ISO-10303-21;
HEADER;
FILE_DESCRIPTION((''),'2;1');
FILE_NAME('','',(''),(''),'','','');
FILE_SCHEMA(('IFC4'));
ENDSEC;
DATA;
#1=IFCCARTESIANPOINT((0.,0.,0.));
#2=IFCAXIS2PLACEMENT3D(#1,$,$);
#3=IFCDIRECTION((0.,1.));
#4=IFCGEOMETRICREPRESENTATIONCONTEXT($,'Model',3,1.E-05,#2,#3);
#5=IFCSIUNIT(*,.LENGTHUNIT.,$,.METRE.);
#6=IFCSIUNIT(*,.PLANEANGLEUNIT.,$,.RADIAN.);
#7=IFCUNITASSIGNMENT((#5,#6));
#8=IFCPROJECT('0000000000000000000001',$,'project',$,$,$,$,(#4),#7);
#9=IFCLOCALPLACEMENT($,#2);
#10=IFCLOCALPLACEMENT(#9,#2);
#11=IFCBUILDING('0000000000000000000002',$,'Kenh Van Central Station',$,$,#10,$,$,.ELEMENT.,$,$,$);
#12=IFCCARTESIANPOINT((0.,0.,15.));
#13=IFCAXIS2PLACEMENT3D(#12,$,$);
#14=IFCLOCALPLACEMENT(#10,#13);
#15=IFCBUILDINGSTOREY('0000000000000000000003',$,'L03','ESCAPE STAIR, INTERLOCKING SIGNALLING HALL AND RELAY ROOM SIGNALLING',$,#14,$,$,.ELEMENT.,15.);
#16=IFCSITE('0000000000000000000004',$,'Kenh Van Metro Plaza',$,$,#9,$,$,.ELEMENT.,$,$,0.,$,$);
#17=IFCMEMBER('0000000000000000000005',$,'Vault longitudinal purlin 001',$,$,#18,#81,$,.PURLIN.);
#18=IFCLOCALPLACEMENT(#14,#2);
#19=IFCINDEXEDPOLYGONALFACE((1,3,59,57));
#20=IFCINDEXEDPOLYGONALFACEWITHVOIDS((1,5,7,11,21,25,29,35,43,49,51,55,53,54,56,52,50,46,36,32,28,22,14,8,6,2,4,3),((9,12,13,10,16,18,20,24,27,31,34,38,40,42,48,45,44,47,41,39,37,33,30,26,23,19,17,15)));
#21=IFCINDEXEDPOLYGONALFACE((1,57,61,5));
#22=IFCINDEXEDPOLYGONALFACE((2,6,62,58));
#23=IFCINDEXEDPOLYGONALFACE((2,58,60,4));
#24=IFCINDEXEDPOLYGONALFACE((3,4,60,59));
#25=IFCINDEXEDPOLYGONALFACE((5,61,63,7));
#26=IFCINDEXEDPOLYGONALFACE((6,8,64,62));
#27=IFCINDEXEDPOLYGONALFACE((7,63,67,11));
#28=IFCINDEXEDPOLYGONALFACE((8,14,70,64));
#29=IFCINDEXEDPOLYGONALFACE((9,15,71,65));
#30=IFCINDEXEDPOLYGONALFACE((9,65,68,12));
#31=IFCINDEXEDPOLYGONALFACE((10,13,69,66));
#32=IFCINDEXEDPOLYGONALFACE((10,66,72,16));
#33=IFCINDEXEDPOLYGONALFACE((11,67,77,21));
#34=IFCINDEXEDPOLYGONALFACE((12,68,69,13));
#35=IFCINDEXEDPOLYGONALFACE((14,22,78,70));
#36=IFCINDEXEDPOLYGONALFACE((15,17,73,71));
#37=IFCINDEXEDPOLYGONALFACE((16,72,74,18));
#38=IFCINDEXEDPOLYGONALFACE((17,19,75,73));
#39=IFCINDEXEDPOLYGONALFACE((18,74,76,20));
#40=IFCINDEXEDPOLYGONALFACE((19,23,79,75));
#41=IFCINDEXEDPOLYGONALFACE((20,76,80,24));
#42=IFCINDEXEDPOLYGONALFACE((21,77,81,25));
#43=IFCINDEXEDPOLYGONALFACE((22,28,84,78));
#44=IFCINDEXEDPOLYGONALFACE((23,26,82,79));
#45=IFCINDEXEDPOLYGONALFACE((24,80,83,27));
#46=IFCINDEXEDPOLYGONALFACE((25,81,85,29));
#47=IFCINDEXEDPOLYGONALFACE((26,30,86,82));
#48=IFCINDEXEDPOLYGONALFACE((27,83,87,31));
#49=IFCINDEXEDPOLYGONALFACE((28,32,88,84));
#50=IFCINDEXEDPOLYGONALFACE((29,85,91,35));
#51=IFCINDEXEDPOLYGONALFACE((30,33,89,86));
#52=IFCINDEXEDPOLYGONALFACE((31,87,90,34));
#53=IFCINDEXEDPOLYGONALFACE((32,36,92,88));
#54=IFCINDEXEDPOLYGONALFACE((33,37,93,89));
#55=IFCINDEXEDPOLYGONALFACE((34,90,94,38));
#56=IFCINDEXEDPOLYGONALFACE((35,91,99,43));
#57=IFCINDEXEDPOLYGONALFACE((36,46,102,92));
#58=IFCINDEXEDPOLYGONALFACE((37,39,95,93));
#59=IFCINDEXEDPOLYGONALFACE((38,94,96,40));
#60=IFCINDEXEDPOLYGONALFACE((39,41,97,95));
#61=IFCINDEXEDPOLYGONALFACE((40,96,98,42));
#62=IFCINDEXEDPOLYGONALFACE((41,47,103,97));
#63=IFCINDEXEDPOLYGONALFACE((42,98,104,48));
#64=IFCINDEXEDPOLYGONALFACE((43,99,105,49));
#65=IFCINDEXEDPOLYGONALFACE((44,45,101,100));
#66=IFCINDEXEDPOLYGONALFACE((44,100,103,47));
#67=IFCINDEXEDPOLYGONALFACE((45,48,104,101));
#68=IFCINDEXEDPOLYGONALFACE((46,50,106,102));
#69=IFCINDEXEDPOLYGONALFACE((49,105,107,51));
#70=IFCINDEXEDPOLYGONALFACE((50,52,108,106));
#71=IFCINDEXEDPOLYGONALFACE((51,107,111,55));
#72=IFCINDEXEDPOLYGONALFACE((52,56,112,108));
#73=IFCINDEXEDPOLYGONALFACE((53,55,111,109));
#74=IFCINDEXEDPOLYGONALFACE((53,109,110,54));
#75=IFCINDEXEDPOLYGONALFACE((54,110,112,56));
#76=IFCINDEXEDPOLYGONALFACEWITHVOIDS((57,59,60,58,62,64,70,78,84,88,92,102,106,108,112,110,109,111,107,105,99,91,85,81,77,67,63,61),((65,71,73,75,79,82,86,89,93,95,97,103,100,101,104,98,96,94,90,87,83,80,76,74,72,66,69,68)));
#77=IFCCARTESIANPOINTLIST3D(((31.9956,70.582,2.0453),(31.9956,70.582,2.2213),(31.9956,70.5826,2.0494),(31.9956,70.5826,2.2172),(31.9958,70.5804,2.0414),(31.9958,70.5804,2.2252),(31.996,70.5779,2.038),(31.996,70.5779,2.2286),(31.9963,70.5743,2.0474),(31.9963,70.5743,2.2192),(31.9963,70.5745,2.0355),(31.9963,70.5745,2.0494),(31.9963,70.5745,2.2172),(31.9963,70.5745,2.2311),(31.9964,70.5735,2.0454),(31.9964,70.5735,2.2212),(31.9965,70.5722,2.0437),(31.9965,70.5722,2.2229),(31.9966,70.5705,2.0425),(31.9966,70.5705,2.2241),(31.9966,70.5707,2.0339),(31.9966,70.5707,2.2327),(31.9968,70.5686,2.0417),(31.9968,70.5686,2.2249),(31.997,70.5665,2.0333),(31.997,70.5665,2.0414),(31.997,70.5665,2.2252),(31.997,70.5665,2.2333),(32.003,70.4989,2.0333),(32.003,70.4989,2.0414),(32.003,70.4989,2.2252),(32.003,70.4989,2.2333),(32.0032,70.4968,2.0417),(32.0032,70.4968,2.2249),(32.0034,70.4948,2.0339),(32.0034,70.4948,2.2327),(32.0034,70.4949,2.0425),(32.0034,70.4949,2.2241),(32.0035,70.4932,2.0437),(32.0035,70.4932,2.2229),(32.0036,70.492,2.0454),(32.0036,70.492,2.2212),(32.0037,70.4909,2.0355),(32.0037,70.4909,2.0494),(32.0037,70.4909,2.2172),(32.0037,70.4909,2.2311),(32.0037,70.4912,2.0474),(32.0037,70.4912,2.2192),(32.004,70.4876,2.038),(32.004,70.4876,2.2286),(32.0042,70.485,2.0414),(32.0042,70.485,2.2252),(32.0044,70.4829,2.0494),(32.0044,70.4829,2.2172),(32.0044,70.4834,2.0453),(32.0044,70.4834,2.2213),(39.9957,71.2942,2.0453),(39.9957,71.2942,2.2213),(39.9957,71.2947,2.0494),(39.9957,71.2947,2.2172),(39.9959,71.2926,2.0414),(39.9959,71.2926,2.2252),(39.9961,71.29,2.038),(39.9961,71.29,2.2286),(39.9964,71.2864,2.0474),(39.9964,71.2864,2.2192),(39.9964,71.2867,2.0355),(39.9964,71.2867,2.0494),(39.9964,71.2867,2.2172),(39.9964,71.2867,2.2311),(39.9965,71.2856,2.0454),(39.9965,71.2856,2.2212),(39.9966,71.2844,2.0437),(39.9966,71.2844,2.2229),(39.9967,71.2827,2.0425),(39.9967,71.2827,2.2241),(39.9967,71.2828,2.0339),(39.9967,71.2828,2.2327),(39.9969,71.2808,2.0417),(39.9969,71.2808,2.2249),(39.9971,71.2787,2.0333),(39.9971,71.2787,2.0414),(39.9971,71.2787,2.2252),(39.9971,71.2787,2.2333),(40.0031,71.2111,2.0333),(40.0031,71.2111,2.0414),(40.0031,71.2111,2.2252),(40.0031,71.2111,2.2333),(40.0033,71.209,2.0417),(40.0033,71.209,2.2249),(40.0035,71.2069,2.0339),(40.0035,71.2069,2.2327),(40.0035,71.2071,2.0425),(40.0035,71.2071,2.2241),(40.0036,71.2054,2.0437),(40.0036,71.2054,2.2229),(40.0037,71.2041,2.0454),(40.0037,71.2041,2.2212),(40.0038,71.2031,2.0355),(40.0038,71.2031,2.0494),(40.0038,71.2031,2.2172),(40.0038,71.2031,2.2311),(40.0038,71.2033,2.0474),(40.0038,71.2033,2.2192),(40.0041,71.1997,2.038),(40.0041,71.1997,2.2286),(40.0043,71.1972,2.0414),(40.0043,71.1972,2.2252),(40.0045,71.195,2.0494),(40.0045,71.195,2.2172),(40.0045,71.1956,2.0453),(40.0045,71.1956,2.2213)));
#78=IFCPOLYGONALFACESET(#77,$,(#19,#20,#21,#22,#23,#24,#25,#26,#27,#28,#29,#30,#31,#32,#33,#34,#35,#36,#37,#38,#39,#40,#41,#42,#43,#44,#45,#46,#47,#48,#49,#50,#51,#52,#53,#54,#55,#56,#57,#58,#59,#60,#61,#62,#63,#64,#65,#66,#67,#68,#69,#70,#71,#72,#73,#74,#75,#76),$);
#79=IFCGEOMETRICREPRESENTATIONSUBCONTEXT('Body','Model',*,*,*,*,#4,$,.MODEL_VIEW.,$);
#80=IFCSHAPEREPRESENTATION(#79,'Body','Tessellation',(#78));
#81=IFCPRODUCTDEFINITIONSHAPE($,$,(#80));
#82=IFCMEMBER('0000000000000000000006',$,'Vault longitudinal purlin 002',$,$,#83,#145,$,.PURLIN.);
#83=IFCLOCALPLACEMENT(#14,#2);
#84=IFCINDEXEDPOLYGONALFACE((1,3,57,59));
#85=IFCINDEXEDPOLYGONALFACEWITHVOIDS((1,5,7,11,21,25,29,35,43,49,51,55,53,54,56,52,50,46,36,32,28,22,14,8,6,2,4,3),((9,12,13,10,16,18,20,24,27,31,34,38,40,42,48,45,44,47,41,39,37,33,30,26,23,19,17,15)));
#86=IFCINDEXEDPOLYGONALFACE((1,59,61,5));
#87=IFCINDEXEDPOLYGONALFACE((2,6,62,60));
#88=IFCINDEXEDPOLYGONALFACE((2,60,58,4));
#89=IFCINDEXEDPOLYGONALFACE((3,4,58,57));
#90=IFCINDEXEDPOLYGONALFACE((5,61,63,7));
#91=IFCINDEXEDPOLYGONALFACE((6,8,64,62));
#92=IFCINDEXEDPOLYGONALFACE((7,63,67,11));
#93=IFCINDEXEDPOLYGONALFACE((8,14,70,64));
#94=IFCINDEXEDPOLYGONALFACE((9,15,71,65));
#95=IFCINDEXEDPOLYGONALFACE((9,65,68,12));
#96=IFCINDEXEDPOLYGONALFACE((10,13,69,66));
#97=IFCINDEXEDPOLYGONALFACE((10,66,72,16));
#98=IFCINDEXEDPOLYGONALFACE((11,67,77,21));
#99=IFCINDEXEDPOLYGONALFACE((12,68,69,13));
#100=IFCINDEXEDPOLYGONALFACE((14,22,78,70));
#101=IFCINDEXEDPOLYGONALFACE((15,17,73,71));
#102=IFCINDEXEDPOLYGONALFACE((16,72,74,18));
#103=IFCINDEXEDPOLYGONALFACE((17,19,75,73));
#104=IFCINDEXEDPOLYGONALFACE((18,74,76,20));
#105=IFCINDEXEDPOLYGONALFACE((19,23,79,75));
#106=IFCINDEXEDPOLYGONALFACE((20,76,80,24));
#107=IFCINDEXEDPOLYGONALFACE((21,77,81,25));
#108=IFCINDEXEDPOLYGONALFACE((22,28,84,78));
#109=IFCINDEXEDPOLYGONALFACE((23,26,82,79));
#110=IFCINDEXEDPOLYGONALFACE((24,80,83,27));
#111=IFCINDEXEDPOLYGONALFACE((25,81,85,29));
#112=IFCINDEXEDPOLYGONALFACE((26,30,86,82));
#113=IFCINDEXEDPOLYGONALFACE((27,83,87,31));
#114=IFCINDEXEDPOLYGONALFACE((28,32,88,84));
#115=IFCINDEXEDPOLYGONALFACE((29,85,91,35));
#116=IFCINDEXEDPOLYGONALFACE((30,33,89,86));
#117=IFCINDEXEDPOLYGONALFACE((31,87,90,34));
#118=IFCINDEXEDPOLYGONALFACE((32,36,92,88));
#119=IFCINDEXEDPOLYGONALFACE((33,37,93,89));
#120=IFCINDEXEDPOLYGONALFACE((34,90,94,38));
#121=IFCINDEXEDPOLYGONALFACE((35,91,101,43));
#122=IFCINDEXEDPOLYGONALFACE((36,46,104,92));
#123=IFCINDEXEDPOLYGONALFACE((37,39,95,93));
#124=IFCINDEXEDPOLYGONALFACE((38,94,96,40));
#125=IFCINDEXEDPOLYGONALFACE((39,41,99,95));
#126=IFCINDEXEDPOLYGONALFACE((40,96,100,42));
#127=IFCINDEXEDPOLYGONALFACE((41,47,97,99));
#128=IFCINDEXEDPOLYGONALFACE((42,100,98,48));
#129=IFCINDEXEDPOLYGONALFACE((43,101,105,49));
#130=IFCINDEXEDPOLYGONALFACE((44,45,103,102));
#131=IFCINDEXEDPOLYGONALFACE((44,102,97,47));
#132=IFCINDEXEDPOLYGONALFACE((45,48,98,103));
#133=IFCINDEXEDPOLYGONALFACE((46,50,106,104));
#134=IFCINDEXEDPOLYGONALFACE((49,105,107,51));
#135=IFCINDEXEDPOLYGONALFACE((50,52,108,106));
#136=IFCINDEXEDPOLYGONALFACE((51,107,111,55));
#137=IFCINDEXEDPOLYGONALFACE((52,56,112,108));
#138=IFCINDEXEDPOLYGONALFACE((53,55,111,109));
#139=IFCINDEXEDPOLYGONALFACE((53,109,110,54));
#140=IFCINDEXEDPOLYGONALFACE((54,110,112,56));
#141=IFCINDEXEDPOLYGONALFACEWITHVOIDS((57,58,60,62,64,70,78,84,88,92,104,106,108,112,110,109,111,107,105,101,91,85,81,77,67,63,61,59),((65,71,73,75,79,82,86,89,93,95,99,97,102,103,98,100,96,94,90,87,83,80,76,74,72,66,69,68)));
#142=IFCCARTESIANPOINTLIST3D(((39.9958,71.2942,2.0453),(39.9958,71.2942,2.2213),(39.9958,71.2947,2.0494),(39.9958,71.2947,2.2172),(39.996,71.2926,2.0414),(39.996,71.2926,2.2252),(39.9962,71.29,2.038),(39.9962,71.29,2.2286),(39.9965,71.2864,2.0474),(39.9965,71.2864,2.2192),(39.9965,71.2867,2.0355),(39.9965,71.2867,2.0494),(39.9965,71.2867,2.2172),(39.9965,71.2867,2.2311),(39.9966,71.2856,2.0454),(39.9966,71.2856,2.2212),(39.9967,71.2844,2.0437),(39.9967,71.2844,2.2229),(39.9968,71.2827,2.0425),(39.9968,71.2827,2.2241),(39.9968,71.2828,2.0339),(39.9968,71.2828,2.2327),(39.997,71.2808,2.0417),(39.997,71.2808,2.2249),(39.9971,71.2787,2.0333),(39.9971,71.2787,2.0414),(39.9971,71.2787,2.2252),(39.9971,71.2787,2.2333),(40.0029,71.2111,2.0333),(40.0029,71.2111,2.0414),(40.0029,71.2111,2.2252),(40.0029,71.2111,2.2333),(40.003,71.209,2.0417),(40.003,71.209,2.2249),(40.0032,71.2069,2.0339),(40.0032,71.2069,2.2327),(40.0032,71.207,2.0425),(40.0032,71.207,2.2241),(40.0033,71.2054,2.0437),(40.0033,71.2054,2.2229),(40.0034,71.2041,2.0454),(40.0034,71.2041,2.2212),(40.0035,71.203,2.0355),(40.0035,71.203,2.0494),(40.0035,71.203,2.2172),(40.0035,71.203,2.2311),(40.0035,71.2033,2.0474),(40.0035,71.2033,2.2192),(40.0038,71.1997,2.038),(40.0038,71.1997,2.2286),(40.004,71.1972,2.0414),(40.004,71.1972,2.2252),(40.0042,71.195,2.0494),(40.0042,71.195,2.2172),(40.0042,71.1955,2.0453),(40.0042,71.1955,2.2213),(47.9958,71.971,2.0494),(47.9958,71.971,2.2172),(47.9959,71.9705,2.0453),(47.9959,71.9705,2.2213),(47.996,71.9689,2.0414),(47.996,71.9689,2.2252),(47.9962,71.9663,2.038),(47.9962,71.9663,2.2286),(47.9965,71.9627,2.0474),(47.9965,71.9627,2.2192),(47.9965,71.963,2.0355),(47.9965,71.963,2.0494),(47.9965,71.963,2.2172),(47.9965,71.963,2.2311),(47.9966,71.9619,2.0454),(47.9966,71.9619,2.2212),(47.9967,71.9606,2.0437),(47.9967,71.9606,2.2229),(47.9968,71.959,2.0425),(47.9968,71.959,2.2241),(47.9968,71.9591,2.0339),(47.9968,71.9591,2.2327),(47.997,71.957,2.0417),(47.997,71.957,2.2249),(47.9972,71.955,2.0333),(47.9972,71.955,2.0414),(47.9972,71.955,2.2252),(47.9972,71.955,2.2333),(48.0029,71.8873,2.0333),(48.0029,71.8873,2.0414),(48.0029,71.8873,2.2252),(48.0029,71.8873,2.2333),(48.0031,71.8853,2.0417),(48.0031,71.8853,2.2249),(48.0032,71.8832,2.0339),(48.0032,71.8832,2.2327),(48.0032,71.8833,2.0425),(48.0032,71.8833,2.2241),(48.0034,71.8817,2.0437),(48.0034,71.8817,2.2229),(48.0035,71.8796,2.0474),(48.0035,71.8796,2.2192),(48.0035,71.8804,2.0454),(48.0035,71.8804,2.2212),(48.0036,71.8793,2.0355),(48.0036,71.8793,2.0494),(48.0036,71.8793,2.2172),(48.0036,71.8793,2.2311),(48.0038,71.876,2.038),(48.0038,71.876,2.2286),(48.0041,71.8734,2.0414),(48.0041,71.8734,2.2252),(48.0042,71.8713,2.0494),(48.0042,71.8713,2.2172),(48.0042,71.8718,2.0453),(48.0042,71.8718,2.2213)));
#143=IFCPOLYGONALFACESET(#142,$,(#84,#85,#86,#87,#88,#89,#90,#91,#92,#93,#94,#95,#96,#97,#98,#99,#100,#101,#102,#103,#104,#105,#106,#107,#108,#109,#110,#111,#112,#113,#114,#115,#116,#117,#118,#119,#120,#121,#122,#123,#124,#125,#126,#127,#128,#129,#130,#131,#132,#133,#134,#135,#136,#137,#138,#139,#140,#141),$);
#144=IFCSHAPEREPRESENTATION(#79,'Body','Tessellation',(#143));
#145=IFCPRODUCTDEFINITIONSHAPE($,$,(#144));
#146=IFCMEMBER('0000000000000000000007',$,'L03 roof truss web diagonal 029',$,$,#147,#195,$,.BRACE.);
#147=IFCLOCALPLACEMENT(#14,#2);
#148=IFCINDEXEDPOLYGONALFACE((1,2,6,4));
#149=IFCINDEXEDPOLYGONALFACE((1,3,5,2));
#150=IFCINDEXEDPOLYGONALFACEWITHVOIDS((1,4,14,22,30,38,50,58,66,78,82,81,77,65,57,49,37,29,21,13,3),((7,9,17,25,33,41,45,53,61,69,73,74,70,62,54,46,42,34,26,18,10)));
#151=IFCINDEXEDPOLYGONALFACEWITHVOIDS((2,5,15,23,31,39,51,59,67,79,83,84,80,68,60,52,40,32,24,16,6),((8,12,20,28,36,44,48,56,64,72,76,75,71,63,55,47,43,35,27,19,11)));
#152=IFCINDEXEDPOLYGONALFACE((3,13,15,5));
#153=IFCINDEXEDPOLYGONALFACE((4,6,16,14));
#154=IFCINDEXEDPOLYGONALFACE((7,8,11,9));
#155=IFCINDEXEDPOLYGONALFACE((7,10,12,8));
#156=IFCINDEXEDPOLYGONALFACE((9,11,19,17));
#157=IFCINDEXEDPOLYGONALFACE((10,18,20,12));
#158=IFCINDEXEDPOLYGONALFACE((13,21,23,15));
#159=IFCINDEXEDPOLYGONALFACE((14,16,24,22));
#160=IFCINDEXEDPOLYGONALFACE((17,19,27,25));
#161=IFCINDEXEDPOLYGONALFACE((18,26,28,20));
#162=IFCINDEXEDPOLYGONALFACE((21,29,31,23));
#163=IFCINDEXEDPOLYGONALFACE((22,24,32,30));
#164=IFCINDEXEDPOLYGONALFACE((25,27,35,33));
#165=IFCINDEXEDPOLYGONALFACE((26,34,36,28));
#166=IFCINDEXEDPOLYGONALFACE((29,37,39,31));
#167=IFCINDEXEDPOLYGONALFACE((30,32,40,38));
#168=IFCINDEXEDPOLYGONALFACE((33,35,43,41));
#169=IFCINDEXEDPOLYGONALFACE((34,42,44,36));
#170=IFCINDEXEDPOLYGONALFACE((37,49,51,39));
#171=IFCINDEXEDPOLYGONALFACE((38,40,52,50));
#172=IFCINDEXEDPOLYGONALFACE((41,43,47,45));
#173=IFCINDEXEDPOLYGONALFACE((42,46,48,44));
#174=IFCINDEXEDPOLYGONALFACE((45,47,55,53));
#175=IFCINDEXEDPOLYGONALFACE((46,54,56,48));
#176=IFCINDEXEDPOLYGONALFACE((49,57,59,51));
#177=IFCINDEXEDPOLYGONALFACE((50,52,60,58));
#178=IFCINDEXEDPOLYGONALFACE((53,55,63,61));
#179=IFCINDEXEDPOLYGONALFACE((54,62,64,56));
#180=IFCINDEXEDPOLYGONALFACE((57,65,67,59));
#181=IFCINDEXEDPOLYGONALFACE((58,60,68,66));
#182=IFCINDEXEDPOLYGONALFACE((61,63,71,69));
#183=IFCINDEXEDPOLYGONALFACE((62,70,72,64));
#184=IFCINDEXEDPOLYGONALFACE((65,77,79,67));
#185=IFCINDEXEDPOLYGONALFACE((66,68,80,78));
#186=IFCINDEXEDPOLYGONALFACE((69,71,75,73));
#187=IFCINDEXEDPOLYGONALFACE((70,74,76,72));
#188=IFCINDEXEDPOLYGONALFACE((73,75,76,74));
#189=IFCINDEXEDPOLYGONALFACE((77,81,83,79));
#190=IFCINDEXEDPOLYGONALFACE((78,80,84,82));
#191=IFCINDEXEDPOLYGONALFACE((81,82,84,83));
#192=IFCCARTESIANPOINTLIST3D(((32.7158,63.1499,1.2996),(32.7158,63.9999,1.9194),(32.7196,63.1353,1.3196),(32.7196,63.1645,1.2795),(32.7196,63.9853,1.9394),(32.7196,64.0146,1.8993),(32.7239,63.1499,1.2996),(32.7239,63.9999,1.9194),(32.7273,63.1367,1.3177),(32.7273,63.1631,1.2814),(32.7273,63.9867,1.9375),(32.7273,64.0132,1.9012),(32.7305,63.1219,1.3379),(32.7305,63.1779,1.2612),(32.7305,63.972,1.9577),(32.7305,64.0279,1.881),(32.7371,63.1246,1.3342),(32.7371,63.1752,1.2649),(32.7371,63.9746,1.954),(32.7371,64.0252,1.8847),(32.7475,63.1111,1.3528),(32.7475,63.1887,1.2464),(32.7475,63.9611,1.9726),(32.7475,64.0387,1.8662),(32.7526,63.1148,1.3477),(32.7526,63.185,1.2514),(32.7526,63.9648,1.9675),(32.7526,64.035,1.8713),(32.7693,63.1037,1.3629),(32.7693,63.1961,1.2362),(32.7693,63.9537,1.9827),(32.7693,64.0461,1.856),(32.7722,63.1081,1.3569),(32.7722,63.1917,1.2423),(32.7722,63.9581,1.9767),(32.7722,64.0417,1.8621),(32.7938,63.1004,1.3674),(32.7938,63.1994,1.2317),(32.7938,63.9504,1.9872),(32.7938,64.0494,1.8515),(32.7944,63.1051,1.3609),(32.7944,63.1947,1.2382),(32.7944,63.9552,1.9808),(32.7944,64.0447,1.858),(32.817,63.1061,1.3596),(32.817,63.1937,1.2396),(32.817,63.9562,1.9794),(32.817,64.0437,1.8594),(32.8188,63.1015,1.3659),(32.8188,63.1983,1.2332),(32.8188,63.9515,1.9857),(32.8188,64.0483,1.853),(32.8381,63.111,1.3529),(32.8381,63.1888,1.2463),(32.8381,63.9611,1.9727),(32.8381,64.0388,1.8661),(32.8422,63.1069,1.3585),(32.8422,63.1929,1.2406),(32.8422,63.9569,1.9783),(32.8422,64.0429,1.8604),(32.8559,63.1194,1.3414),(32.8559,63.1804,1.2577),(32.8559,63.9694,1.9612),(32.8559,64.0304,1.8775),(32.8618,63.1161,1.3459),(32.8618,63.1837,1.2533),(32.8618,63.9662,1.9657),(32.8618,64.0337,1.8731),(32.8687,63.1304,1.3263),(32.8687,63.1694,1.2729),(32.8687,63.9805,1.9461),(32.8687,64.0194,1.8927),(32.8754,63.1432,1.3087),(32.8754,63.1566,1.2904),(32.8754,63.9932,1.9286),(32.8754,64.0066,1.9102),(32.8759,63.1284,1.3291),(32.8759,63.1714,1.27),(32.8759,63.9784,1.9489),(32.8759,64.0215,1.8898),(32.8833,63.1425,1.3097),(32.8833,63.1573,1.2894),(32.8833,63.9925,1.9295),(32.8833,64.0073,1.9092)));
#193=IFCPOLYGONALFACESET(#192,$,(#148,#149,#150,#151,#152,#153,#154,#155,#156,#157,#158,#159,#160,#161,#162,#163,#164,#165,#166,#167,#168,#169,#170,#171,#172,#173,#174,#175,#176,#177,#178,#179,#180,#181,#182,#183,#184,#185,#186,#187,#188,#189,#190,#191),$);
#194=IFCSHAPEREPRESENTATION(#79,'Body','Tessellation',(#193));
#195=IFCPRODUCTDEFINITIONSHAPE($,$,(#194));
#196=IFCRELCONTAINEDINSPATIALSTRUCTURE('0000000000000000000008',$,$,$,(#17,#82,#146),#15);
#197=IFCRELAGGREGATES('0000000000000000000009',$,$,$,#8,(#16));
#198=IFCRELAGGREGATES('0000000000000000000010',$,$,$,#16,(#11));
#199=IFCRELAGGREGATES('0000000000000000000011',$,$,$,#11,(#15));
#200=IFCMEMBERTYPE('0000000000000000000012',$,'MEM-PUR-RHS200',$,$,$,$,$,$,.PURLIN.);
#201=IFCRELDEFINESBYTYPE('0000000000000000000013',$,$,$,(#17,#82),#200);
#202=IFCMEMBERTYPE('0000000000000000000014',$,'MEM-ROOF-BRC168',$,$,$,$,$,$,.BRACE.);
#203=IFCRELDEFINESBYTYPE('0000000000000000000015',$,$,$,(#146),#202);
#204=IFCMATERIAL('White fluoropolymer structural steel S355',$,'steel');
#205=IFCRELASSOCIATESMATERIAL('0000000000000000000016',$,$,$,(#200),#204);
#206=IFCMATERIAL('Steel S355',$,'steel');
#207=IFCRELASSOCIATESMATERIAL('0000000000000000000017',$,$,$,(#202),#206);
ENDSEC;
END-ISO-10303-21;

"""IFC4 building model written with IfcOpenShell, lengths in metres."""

from ifc_helpers import new_model, si_unit, direction, frame, origin, origin_2d, place, context, subcontext, project, spatial, hollow_rectangle, hollow_circle, extrude, material, material_profile, profile_set, type_object, element, save


model = new_model("IFC4")

# Units and contexts
model_context = context("Model", 3, precision=1e-05, world=origin(), true_north=direction((0.0, 1.0)))
body_context = subcontext(model_context, "Body", "Model", "MODEL_VIEW")
ifc_project = project(units=[si_unit("LENGTHUNIT", "METRE"), si_unit("PLANEANGLEUNIT", "RADIAN")], contexts=[model_context])

# Site, building, storey
site_placement = place(None, origin())
site = spatial("IfcSite", under=ifc_project, at=site_placement, Name="Kenh Van Metro Plaza", CompositionType="ELEMENT", RefElevation=0.0)
building_placement = place(site_placement, origin())
building = spatial("IfcBuilding", under=site, at=building_placement, Name="Kenh Van Central Station", CompositionType="ELEMENT")
storey_placement = place(building_placement, frame((0.0, 0.0, 15.0)))
storey = spatial("IfcBuildingStorey", under=building, at=storey_placement, Name="L03", Description="ESCAPE STAIR, INTERLOCKING SIGNALLING HALL AND RELAY ROOM SIGNALLING", CompositionType="ELEMENT", Elevation=15.0)

# Shared definitions
ifc_material_1 = material(Name="Steel S355", Category="steel")
ifc_material_2 = material(Name="White fluoropolymer structural steel S355", Category="steel")

# Members
ifc_material_profile_1 = material_profile(ifc_material_2, hollow_rectangle(XDim=0.1001, YDim=0.2, WallThickness=0.0081, InnerFilletRadius=0.0081, OuterFilletRadius=0.0161, at=origin_2d()), Name="RHS 200x100x8")
ifc_profile_set_1 = profile_set([ifc_material_profile_1], Name="White fluoropolymer structural steel S355")
member_type_1 = type_object("IfcMemberType", Name="MEM-PUR-RHS200", PredefinedType="PURLIN", material=ifc_profile_set_1)
member_1_placement = place(storey_placement, frame((32.0, 70.5327, 2.1333), z_axis=(0.996061, 0.088669, 0.0), x_axis=(-0.088669, 0.996061, 0.0)))
element("IfcMember", 1, at=member_1_placement, inside=storey, type_object=member_type_1, Name="Vault longitudinal purlin 001", PredefinedType="PURLIN", context=body_context, shape_type="SweptSolid", body=[
    extrude(hollow_rectangle(XDim=0.1001, YDim=0.2, WallThickness=0.0081, InnerFilletRadius=0.0081, OuterFilletRadius=0.0161, at=origin_2d()), origin(), (0.0, 0.0, 1.0), 8.0317),
])
member_2_placement = place(storey_placement, frame((40.0, 71.2449, 2.1333), z_axis=(0.996446, 0.084233, 0.0), x_axis=(-0.084233, 0.996446, 0.0)))
element("IfcMember", 2, at=member_2_placement, inside=storey, type_object=member_type_1, Name="Vault longitudinal purlin 002", PredefinedType="PURLIN", context=body_context, shape_type="SweptSolid", body=[
    extrude(hollow_rectangle(XDim=0.1001, YDim=0.2, WallThickness=0.0081, InnerFilletRadius=0.0081, OuterFilletRadius=0.0161, at=origin_2d()), origin(), (0.0, 0.0, 1.0), 8.0286),
])
ifc_material_profile_2 = material_profile(ifc_material_1, hollow_circle(Radius=0.0842, WallThickness=0.0081, at=origin_2d()), Name="CHS 168.3x8")
ifc_profile_set_2 = profile_set([ifc_material_profile_2], Name="Steel S355")
member_type_2 = type_object("IfcMemberType", Name="MEM-ROOF-BRC168", PredefinedType="BRACE", material=ifc_profile_set_2)
for number, where, z_axis, x_axis, name in (
    (3, (32.8, 63.1499, 1.2996), (0.0, 0.808003, 0.589178), (-1.0, 0.0, 0.0), "L03 roof truss web diagonal 029"),
):
    element("IfcMember", number, at=place(storey_placement, frame(where, z_axis=z_axis, x_axis=x_axis)), inside=storey, type_object=member_type_2, Name=name, PredefinedType="BRACE", context=body_context, shape_type="SweptSolid", body=[
        extrude(hollow_circle(Radius=0.0842, WallThickness=0.0081, at=origin_2d()), origin(), (0.0, 0.0, 1.0), 1.052),
    ])

save(model, "model.ifc")
